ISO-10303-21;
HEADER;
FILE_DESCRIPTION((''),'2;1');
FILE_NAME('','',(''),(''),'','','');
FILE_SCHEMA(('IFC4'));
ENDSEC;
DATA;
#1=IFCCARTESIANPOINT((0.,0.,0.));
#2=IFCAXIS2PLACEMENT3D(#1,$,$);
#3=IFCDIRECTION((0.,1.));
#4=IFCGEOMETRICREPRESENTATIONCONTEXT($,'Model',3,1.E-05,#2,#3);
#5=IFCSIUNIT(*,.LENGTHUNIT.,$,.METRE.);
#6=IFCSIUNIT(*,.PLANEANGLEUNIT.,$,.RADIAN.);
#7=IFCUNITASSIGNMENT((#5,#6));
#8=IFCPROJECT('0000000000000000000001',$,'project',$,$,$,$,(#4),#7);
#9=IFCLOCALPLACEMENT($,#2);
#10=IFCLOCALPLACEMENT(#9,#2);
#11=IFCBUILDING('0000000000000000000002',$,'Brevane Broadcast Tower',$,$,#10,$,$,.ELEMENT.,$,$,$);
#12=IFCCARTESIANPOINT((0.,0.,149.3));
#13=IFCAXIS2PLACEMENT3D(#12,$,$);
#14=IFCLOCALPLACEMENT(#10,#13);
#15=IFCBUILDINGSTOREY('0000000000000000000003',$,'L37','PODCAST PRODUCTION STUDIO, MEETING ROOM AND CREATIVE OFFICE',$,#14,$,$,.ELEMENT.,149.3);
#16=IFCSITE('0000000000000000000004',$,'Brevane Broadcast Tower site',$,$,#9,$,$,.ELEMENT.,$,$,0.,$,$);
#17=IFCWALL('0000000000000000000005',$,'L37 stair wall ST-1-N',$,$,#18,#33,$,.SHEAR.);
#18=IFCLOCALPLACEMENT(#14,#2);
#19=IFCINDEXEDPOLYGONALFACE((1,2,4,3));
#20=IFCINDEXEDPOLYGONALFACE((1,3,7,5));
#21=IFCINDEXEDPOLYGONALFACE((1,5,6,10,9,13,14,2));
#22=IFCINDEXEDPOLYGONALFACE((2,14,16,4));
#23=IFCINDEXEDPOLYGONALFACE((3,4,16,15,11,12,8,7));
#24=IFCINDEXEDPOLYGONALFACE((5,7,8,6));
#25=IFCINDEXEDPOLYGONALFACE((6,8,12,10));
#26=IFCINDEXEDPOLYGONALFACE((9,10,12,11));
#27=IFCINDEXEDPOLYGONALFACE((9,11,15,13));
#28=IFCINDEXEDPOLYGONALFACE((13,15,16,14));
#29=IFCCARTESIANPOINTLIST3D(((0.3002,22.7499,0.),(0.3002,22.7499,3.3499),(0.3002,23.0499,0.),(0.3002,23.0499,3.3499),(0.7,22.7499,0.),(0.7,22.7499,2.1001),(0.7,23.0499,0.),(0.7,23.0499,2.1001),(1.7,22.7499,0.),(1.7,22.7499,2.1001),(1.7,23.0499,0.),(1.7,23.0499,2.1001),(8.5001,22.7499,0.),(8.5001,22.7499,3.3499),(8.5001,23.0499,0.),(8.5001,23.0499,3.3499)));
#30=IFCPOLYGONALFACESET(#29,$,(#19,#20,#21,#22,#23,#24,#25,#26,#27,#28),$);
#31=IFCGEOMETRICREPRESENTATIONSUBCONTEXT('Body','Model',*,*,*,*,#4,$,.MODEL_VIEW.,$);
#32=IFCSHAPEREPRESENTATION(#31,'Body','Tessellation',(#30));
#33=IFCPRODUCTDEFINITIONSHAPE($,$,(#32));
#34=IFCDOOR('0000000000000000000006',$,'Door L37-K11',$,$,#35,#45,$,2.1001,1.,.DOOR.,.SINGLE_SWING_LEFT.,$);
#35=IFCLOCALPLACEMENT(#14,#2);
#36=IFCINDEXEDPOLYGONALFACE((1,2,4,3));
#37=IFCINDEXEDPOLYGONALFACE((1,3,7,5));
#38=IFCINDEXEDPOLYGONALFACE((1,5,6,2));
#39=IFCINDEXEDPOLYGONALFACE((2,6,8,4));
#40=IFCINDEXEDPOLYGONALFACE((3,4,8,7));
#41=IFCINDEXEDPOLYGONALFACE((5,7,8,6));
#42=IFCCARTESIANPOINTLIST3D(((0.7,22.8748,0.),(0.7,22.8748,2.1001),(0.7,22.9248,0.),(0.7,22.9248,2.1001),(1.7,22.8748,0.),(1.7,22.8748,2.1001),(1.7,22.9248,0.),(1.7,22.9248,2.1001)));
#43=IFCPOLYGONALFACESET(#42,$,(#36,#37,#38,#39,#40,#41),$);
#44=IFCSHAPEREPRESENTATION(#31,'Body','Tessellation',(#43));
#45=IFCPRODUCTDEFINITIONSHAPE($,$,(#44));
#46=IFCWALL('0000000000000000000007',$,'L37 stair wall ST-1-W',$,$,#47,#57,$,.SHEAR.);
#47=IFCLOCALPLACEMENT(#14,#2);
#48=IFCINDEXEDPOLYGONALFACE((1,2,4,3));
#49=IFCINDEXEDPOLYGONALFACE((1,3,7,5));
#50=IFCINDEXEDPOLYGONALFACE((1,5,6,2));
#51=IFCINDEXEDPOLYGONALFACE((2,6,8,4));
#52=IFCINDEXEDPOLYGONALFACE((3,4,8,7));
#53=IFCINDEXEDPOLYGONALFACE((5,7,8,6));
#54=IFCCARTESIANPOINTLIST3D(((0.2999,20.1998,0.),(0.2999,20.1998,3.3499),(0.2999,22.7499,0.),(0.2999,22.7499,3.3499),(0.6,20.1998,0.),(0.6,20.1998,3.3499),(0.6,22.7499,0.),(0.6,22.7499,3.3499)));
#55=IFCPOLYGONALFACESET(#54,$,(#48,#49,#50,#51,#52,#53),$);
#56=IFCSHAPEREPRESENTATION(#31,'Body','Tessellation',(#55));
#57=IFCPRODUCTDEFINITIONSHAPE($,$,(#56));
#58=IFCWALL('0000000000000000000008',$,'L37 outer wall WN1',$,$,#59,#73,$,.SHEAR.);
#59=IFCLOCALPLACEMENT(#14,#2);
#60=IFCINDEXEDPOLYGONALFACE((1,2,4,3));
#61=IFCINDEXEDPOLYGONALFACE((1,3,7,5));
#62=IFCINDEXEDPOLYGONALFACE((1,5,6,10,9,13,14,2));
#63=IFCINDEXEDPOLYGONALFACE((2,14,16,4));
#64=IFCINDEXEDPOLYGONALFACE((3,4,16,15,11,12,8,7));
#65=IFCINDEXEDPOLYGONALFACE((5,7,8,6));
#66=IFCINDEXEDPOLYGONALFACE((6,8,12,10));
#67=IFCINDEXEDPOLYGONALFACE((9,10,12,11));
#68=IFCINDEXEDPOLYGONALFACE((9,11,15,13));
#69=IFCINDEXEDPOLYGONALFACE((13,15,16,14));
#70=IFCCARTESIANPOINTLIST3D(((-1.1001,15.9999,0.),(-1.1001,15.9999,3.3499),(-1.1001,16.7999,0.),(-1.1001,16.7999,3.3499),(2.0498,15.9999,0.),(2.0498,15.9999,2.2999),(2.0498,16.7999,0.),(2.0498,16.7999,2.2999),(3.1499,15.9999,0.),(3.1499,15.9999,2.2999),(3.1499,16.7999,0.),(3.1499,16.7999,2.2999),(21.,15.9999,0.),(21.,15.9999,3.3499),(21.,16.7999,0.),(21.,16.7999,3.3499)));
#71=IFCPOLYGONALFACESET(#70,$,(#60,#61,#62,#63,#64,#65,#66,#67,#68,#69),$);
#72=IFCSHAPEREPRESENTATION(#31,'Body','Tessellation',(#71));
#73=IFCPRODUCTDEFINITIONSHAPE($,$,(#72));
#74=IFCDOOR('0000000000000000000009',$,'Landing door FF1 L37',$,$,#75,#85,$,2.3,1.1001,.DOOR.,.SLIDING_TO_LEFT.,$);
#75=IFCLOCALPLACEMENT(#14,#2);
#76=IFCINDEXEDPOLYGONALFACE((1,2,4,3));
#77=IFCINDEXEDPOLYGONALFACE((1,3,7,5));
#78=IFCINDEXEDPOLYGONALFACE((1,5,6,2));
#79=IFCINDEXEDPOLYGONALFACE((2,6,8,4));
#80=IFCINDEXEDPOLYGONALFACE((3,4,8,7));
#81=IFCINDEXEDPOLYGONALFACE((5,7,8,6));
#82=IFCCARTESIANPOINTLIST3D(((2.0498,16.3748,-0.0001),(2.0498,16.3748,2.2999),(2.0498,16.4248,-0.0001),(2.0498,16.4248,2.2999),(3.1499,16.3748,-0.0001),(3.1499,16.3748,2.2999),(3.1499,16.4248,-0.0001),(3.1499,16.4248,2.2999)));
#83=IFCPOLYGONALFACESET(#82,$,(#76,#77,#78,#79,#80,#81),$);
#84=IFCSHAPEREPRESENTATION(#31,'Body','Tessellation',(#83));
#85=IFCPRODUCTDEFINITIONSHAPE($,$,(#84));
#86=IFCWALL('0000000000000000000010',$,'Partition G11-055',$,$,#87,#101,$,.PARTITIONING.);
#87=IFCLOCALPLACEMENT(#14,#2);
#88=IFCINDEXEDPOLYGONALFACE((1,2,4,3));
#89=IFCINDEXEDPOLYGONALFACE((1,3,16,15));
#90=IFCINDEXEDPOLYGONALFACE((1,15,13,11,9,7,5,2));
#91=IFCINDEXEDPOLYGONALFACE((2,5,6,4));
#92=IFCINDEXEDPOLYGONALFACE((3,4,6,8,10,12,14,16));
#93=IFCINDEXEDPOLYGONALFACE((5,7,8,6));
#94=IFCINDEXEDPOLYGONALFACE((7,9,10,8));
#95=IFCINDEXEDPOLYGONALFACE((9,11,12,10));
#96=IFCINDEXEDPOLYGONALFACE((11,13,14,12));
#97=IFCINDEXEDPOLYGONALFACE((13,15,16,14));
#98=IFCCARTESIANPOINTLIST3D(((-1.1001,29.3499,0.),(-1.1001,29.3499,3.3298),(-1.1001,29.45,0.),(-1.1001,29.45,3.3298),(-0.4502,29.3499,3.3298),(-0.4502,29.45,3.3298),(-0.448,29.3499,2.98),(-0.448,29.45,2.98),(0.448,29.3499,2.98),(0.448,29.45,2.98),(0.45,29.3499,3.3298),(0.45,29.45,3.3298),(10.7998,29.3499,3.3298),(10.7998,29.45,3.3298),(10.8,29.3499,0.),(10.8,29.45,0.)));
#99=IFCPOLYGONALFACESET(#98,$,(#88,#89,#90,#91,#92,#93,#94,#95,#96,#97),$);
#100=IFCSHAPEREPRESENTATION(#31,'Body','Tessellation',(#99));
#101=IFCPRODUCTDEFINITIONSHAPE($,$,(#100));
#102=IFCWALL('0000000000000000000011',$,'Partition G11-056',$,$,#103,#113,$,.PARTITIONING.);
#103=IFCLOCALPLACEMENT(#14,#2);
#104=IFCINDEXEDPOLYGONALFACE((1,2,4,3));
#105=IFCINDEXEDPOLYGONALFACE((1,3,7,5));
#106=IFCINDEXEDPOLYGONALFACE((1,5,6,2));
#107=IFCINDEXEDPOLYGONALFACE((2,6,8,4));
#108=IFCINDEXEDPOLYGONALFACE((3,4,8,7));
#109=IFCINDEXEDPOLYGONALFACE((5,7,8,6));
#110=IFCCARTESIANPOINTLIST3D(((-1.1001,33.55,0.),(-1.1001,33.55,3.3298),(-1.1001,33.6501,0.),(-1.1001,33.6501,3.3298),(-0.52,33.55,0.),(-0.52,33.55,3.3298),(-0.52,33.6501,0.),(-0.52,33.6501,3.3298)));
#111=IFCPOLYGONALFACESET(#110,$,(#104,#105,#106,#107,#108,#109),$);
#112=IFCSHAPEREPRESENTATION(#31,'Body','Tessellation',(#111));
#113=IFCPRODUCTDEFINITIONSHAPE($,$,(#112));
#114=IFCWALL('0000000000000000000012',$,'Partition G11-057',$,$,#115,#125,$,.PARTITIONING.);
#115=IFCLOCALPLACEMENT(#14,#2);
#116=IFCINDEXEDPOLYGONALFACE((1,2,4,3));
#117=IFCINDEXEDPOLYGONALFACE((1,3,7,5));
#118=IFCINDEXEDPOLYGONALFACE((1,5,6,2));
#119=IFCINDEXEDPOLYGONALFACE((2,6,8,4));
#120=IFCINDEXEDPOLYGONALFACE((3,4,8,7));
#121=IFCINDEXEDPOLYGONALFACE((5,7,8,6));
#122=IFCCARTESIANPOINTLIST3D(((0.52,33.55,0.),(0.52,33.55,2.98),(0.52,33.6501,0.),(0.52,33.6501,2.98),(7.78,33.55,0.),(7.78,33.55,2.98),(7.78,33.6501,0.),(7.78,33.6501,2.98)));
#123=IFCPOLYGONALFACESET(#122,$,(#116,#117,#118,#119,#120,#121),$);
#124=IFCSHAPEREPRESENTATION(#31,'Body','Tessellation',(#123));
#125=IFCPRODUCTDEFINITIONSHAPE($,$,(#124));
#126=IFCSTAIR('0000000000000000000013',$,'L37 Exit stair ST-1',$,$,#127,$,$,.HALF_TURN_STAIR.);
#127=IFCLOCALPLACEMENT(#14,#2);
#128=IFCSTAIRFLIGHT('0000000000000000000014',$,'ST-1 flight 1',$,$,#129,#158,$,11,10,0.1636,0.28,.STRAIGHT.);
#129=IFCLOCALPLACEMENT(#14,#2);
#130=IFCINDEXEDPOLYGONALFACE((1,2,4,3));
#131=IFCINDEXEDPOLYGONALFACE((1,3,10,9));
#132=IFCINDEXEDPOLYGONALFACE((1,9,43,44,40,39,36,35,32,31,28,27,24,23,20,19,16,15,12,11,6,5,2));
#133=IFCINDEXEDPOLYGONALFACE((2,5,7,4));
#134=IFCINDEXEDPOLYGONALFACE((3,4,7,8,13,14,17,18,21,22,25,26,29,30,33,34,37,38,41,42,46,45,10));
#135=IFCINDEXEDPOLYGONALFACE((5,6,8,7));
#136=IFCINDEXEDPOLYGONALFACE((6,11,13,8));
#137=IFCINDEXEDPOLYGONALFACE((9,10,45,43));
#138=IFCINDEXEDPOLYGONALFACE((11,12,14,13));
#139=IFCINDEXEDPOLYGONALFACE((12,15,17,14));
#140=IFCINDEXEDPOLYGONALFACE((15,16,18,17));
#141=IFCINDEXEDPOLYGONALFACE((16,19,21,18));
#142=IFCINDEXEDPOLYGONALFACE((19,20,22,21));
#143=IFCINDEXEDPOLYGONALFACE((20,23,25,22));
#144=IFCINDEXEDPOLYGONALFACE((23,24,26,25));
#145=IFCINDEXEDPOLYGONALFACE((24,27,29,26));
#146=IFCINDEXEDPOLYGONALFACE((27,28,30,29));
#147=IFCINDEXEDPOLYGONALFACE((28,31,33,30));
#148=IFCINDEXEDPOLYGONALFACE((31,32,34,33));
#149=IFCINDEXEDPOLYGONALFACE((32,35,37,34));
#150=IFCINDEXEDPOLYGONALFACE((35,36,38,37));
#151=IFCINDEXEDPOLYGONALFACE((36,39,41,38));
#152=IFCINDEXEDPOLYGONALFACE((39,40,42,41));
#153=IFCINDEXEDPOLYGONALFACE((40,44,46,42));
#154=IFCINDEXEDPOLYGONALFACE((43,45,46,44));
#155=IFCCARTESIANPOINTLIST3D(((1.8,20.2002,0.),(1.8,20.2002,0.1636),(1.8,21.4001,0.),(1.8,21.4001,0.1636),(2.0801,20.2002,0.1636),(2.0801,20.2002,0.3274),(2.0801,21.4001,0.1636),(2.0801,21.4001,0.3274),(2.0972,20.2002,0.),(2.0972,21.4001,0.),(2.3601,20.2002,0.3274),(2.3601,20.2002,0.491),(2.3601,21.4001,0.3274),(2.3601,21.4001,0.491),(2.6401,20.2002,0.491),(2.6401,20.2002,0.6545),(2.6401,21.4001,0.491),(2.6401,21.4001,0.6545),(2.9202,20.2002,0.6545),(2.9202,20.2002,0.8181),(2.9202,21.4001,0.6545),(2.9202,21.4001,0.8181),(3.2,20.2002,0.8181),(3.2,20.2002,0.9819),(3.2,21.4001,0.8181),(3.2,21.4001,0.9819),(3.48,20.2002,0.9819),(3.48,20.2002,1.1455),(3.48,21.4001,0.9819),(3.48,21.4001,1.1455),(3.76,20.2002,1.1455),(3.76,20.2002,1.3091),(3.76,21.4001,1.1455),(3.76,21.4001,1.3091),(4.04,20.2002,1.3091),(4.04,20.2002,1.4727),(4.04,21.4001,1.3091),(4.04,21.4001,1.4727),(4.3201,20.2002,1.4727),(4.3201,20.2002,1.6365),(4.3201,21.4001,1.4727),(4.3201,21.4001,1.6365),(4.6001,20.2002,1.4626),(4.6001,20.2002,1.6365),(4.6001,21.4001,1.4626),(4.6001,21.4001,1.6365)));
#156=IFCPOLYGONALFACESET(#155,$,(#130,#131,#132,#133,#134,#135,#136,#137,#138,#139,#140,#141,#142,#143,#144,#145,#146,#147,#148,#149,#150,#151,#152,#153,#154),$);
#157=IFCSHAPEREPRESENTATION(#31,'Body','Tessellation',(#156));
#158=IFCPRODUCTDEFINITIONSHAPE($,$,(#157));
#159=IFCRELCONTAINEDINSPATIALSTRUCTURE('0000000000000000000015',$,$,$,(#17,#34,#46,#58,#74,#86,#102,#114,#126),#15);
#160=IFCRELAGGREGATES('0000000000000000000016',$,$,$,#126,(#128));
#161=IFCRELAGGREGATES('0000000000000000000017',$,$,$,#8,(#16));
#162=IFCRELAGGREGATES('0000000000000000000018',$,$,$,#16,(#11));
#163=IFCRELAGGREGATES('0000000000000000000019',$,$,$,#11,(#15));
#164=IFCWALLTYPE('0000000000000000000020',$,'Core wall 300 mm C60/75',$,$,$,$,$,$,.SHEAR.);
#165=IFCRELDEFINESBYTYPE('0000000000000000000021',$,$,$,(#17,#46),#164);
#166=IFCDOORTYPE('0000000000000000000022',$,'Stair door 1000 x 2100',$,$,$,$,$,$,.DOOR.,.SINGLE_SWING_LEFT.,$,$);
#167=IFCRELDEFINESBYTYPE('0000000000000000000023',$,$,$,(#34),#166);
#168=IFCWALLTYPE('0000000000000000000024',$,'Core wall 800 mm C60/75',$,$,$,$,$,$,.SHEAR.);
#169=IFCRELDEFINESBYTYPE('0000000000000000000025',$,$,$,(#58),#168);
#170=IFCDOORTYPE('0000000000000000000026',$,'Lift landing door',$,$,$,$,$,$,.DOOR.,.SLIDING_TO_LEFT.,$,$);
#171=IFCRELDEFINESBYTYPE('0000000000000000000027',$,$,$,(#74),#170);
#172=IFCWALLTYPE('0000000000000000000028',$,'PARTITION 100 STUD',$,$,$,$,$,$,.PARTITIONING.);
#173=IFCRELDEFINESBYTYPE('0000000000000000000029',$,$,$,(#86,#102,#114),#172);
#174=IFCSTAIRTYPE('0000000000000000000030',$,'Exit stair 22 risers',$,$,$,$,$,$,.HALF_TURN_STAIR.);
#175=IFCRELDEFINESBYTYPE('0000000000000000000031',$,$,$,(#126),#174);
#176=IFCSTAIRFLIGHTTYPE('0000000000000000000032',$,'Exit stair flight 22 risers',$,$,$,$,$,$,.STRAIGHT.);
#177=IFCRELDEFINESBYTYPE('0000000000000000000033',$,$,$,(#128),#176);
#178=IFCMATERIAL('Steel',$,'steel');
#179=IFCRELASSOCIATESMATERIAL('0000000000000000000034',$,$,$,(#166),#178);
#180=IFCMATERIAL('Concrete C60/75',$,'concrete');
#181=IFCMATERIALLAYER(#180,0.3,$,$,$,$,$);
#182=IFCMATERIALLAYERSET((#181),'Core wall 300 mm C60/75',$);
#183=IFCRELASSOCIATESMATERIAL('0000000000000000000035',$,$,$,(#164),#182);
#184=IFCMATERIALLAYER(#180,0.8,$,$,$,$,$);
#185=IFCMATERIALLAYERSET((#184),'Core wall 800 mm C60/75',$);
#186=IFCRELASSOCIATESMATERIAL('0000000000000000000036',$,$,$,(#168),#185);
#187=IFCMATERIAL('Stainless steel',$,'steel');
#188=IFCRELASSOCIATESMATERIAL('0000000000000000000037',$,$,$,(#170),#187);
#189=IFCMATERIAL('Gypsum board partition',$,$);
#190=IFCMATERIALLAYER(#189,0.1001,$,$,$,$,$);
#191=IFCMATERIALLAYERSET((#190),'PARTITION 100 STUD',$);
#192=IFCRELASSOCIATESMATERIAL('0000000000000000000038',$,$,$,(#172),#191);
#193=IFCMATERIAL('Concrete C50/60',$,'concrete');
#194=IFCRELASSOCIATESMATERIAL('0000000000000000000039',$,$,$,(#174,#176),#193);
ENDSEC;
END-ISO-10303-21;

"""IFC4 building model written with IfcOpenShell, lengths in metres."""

from ifc_helpers import new_model, si_unit, direction, frame, frame_2d, origin, place, context, subcontext, project, spatial, polyline, rectangle, outline, extrude, material, layer, layer_set, type_object, element, fill, aggregate, save


model = new_model("IFC4")

# Units and contexts
model_context = context("Model", 3, precision=1e-05, world=origin(), true_north=direction((0.0, 1.0)))
body_context = subcontext(model_context, "Body", "Model", "MODEL_VIEW")
ifc_project = project(units=[si_unit("LENGTHUNIT", "METRE"), si_unit("PLANEANGLEUNIT", "RADIAN")], contexts=[model_context])

# Site, building, storey
site_placement = place(None, origin())
site = spatial("IfcSite", under=ifc_project, at=site_placement, Name="Brevane Broadcast Tower site", CompositionType="ELEMENT", RefElevation=0.0)
building_placement = place(site_placement, origin())
building = spatial("IfcBuilding", under=site, at=building_placement, Name="Brevane Broadcast Tower", CompositionType="ELEMENT")
storey_placement = place(building_placement, frame((0.0, 0.0, 149.3)))
storey = spatial("IfcBuildingStorey", under=building, at=storey_placement, Name="L37", Description="PODCAST PRODUCTION STUDIO, MEETING ROOM AND CREATIVE OFFICE", CompositionType="ELEMENT", Elevation=149.3)

# Shared definitions
ifc_material_1 = material(Name="Concrete C60/75", Category="concrete")

# Wall, opening, door
ifc_material_2 = material(Name="Steel", Category="steel")
door_type_1 = type_object("IfcDoorType", Name="Stair door 1000 x 2100", OperationType="SINGLE_SWING_LEFT", PredefinedType="DOOR", material=ifc_material_2)
ifc_layer_1 = layer(ifc_material_1, 0.3)
ifc_layer_set_1 = layer_set([ifc_layer_1], Name="Core wall 300 mm C60/75")
wall_type_1 = type_object("IfcWallType", Name="Core wall 300 mm C60/75", PredefinedType="SHEAR", material=ifc_layer_set_1)
wall_1_placement = place(storey_placement, frame((0.3, 22.8999, 0.0), z_axis=(0.0, 0.0, 1.0), x_axis=(1.0, 0.0, 0.0)))
wall_1 = element("IfcWall", 1, at=wall_1_placement, inside=storey, type_object=wall_type_1, Name="L37 stair wall ST-1-N", PredefinedType="SHEAR", context=body_context, shape_type="SweptSolid", body=[
    extrude(rectangle(XDim=8.2, YDim=0.3, at=frame_2d((4.1001, 0.0))), origin(), (0.0, 0.0, 1.0), 3.3499),
])
opening_1_placement = place(wall_1_placement, frame((0.3999, 0.0, 0.0)))
opening_1 = element("IfcOpeningElement", 2, at=opening_1_placement, cuts=wall_1, PredefinedType="OPENING", context=body_context, shape_type="SweptSolid", body=[
    extrude(rectangle(XDim=1.0, YDim=2.1001, at=frame_2d((0.5, 1.05))), frame((0.0, 0.1599, 0.0), z_axis=(0.0, -1.0, 0.0), x_axis=(1.0, 0.0, 0.0)), (0.0, 0.0, 1.0), 0.3201),
])
door_1_placement = place(opening_1_placement, origin())
door_1 = element("IfcDoor", 3, at=door_1_placement, inside=storey, type_object=door_type_1, Name="Door L37-K11", OperationType="SINGLE_SWING_LEFT", OverallHeight=2.1001, OverallWidth=1.0, PredefinedType="DOOR", context=body_context, shape_type="SweptSolid", body=[
    extrude(rectangle(XDim=1.0, YDim=2.1001, at=frame_2d((0.5, 1.05))), frame((0.0, 0.0249, 0.0), z_axis=(0.0, -1.0, 0.0), x_axis=(1.0, 0.0, 0.0)), (0.0, 0.0, 1.0), 0.05),
])
fill(opening_1, door_1)

# Wall
wall_2_placement = place(storey_placement, frame((0.45, 20.2, 0.0), z_axis=(0.0, 0.0, 1.0), x_axis=(0.0, 1.0, 0.0)))
element("IfcWall", 4, at=wall_2_placement, inside=storey, type_object=wall_type_1, Name="L37 stair wall ST-1-W", PredefinedType="SHEAR", context=body_context, shape_type="SweptSolid", body=[
    extrude(rectangle(XDim=2.55, YDim=0.3, at=frame_2d((1.2749, 0.0))), origin(), (0.0, 0.0, 1.0), 3.3499),
])

# Wall, opening, door
ifc_layer_2 = layer(ifc_material_1, 0.8)
ifc_layer_set_2 = layer_set([ifc_layer_2], Name="Core wall 800 mm C60/75")
wall_type_2 = type_object("IfcWallType", Name="Core wall 800 mm C60/75", PredefinedType="SHEAR", material=ifc_layer_set_2)
wall_3_placement = place(storey_placement, frame((-1.1001, 16.3999, 0.0), z_axis=(0.0, 0.0, 1.0), x_axis=(1.0, 0.0, 0.0)))
wall_3 = element("IfcWall", 5, at=wall_3_placement, inside=storey, type_object=wall_type_2, Name="L37 outer wall WN1", PredefinedType="SHEAR", context=body_context, shape_type="SweptSolid", body=[
    extrude(rectangle(XDim=22.1001, YDim=0.8, at=frame_2d((11.05, 0.0))), origin(), (0.0, 0.0, 1.0), 3.3499),
])
opening_2_placement = place(wall_3_placement, frame((3.1499, 0.0, 0.0)))
opening_2 = element("IfcOpeningElement", 6, at=opening_2_placement, cuts=wall_3, PredefinedType="OPENING", context=body_context, shape_type="SweptSolid", body=[
    extrude(rectangle(XDim=1.1001, YDim=2.3, at=frame_2d((0.55, 1.1499))), frame((0.0, 0.4099, 0.0), z_axis=(0.0, -1.0, 0.0), x_axis=(1.0, 0.0, 0.0)), (0.0, 0.0, 1.0), 0.8201),
])
ifc_material_3 = material(Name="Stainless steel", Category="steel")
door_type_2 = type_object("IfcDoorType", Name="Lift landing door", OperationType="SLIDING_TO_LEFT", PredefinedType="DOOR", material=ifc_material_3)
door_2_placement = place(opening_2_placement, origin())
door_2 = element("IfcDoor", 7, at=door_2_placement, inside=storey, type_object=door_type_2, Name="Landing door FF1 L37", OperationType="SLIDING_TO_LEFT", OverallHeight=2.3, OverallWidth=1.1001, PredefinedType="DOOR", context=body_context, shape_type="SweptSolid", body=[
    extrude(rectangle(XDim=1.1001, YDim=2.3, at=frame_2d((0.55, 1.1499))), frame((0.0, 0.0249, 0.0), z_axis=(0.0, -1.0, 0.0), x_axis=(1.0, 0.0, 0.0)), (0.0, 0.0, 1.0), 0.05),
])
fill(opening_2, door_2)

# Walls
ifc_material_4 = material(Name="Gypsum board partition")
ifc_layer_3 = layer(ifc_material_4, 0.1001)
ifc_layer_set_3 = layer_set([ifc_layer_3], Name="PARTITION 100 STUD")
wall_type_3 = type_object("IfcWallType", Name="PARTITION 100 STUD", PredefinedType="PARTITIONING", material=ifc_layer_set_3)
wall_4_placement = place(storey_placement, frame((-1.1001, 29.3999, 0.0), z_axis=(0.0, 0.0, 1.0), x_axis=(1.0, 0.0, 0.0)))
element("IfcWall", 8, at=wall_4_placement, inside=storey, type_object=wall_type_3, Name="Partition G11-055", PredefinedType="PARTITIONING", context=body_context, shape_type="SweptSolid", body=[
    extrude(outline(polyline([(0.0, 0.0), (11.9001, 0.0), (11.8999, 3.3298), (1.55, 3.3298), (1.5481, 2.98), (0.6521, 2.98), (0.6499, 3.3298), (0.0, 3.3298), (0.0, 0.0)])), frame((0.0, 0.05, 0.0), z_axis=(0.0, -1.0, 0.0), x_axis=(1.0, 0.0, 0.0)), (0.0, 0.0, 1.0), 0.1001),
])
wall_5_placement = place(storey_placement, frame((-1.1001, 33.6001, 0.0), z_axis=(0.0, 0.0, 1.0), x_axis=(1.0, 0.0, 0.0)))
element("IfcWall", 9, at=wall_5_placement, inside=storey, type_object=wall_type_3, Name="Partition G11-056", PredefinedType="PARTITIONING", context=body_context, shape_type="SweptSolid", body=[
    extrude(rectangle(XDim=0.5801, YDim=0.1001, at=frame_2d((0.29, 0.0))), origin(), (0.0, 0.0, 1.0), 3.3298),
])
wall_6_placement = place(storey_placement, frame((0.52, 33.6001, 0.0), z_axis=(0.0, 0.0, 1.0), x_axis=(1.0, 0.0, 0.0)))
element("IfcWall", 10, at=wall_6_placement, inside=storey, type_object=wall_type_3, Name="Partition G11-057", PredefinedType="PARTITIONING", context=body_context, shape_type="SweptSolid", body=[
    extrude(outline(polyline([(0.0, 0.0), (7.26, 0.0), (7.26, 2.98), (0.0, 2.98), (0.0, 0.0)])), frame((0.0, 0.05, 0.0), z_axis=(0.0, -1.0, 0.0), x_axis=(1.0, 0.0, 0.0)), (0.0, 0.0, 1.0), 0.1001),
])

# Stair, stair flight
ifc_material_5 = material(Name="Concrete C50/60", Category="concrete")
stair_type = type_object("IfcStairType", Name="Exit stair 22 risers", PredefinedType="HALF_TURN_STAIR", material=ifc_material_5)
stair_placement = place(storey_placement, origin())
stair = element("IfcStair", 11, at=stair_placement, inside=storey, type_object=stair_type, Name="L37 Exit stair ST-1", PredefinedType="HALF_TURN_STAIR")
stair_flight_type = type_object("IfcStairFlightType", Name="Exit stair flight 22 risers", PredefinedType="STRAIGHT", material=ifc_material_5)
stair_flight_1_placement = place(storey_placement, frame((1.8, 20.8, 0.0), z_axis=(0.0, 0.0, 1.0), x_axis=(1.0, 0.0, 0.0)))
stair_flight_1 = element("IfcStairFlight", 12, at=stair_flight_1_placement, type_object=stair_flight_type, Name="ST-1 flight 1", NumberOfRisers=11, NumberOfTreads=10, PredefinedType="STRAIGHT", RiserHeight=0.1636, TreadLength=0.28, context=body_context, shape_type="SweptSolid", body=[
    extrude(outline(polyline([(0.0, 0.0), (0.0, 0.1636), (0.28, 0.1636), (0.28, 0.3274), (0.5601, 0.3274), (0.5601, 0.491), (0.8401, 0.491), (0.8401, 0.6545), (1.1201, 0.6545), (1.1201, 0.8181), (1.3999, 0.8181), (1.3999, 0.9819), (1.6799, 0.9819), (1.6799, 1.1455), (1.96, 1.1455), (1.96, 1.3091), (2.24, 1.3091), (2.24, 1.4727), (2.52, 1.4727), (2.52, 1.6365), (2.8, 1.6365), (2.8, 1.8), (2.8, 1.4626), (0.2971, 0.0), (0.0, 0.0)])), frame((0.0, 0.6001, 0.0), z_axis=(0.0, -1.0, 0.0), x_axis=(1.0, 0.0, 0.0)), (0.0, 0.0, 1.0), 1.2),
])
aggregate(stair, [stair_flight_1])

save(model, "model.ifc")
